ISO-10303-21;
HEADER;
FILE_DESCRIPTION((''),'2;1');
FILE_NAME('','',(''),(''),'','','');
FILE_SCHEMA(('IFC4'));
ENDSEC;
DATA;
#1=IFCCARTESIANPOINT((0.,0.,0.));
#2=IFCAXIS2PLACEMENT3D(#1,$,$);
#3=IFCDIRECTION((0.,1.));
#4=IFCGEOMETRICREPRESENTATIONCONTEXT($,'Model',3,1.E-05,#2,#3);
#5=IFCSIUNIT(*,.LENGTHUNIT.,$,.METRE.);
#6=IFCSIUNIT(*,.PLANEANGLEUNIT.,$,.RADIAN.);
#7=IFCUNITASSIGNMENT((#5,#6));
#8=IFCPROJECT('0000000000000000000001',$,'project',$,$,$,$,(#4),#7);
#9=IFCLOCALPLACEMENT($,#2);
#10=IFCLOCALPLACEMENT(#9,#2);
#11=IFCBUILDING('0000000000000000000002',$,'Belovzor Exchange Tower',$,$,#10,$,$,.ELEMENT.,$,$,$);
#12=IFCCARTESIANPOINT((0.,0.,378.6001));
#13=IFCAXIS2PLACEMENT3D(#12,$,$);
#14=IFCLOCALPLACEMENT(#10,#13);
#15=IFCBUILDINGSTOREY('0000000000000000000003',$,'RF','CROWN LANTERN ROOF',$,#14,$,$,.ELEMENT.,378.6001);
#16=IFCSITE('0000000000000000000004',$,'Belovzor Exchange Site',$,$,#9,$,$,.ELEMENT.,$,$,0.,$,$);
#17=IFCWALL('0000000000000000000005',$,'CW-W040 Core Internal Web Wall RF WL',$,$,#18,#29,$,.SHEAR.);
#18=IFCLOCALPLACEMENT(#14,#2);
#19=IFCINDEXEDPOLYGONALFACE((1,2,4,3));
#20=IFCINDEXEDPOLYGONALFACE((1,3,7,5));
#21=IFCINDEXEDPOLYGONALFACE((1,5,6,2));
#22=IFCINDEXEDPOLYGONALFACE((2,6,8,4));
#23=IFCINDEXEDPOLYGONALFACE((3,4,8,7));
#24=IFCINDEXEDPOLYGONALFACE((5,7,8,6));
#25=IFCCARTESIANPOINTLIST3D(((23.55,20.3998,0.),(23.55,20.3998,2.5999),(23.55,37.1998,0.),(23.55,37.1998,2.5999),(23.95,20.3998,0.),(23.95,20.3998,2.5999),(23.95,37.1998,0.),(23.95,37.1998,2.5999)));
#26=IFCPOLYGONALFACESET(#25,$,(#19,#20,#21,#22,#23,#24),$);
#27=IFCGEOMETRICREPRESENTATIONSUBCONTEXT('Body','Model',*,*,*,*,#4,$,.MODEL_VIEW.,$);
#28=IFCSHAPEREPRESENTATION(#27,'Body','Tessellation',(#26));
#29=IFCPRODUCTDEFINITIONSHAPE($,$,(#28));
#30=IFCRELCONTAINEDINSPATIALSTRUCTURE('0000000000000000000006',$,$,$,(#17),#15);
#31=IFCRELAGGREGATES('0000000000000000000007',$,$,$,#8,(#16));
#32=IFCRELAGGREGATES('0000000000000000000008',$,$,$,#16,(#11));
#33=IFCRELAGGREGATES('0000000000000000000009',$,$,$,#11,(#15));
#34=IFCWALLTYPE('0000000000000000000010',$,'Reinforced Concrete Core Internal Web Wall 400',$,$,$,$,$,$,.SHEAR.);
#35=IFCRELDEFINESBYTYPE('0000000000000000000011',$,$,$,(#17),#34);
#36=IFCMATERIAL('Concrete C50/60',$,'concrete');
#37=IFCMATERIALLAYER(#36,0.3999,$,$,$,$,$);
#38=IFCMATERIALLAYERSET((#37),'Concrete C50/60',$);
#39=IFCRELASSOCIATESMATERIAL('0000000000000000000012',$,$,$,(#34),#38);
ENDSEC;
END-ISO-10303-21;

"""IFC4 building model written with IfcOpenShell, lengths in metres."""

from ifc_helpers import new_model, si_unit, direction, frame, frame_2d, origin, place, context, subcontext, project, spatial, rectangle, extrude, material, layer, layer_set, type_object, element, save


model = new_model("IFC4")

# Units and contexts
model_context = context("Model", 3, precision=1e-05, world=origin(), true_north=direction((0.0, 1.0)))
body_context = subcontext(model_context, "Body", "Model", "MODEL_VIEW")
ifc_project = project(units=[si_unit("LENGTHUNIT", "METRE"), si_unit("PLANEANGLEUNIT", "RADIAN")], contexts=[model_context])

# Site, building, storey
site_placement = place(None, origin())
site = spatial("IfcSite", under=ifc_project, at=site_placement, Name="Belovzor Exchange Site", CompositionType="ELEMENT", RefElevation=0.0)
building_placement = place(site_placement, origin())
building = spatial("IfcBuilding", under=site, at=building_placement, Name="Belovzor Exchange Tower", CompositionType="ELEMENT")
storey_placement = place(building_placement, frame((0.0, 0.0, 378.6001)))
storey = spatial("IfcBuildingStorey", under=building, at=storey_placement, Name="RF", Description="CROWN LANTERN ROOF", CompositionType="ELEMENT", Elevation=378.6001)

# Wall
ifc_material_1 = material(Name="Concrete C50/60", Category="concrete")
ifc_layer_1 = layer(ifc_material_1, 0.3999)
ifc_layer_set_1 = layer_set([ifc_layer_1], Name="Concrete C50/60")
wall_type = type_object("IfcWallType", Name="Reinforced Concrete Core Internal Web Wall 400", PredefinedType="SHEAR", material=ifc_layer_set_1)
wall_placement = place(storey_placement, frame((23.75, 20.3999, 0.0), z_axis=(0.0, 0.0, 1.0), x_axis=(0.0, 1.0, 0.0)))
element("IfcWall", 1, at=wall_placement, inside=storey, type_object=wall_type, Name="CW-W040 Core Internal Web Wall RF WL", PredefinedType="SHEAR", context=body_context, shape_type="SweptSolid", body=[
    extrude(rectangle(XDim=16.8, YDim=0.3999, at=frame_2d((8.3999, 0.0))), origin(), (0.0, 0.0, 1.0), 2.5999),
])

save(model, "model.ifc")
